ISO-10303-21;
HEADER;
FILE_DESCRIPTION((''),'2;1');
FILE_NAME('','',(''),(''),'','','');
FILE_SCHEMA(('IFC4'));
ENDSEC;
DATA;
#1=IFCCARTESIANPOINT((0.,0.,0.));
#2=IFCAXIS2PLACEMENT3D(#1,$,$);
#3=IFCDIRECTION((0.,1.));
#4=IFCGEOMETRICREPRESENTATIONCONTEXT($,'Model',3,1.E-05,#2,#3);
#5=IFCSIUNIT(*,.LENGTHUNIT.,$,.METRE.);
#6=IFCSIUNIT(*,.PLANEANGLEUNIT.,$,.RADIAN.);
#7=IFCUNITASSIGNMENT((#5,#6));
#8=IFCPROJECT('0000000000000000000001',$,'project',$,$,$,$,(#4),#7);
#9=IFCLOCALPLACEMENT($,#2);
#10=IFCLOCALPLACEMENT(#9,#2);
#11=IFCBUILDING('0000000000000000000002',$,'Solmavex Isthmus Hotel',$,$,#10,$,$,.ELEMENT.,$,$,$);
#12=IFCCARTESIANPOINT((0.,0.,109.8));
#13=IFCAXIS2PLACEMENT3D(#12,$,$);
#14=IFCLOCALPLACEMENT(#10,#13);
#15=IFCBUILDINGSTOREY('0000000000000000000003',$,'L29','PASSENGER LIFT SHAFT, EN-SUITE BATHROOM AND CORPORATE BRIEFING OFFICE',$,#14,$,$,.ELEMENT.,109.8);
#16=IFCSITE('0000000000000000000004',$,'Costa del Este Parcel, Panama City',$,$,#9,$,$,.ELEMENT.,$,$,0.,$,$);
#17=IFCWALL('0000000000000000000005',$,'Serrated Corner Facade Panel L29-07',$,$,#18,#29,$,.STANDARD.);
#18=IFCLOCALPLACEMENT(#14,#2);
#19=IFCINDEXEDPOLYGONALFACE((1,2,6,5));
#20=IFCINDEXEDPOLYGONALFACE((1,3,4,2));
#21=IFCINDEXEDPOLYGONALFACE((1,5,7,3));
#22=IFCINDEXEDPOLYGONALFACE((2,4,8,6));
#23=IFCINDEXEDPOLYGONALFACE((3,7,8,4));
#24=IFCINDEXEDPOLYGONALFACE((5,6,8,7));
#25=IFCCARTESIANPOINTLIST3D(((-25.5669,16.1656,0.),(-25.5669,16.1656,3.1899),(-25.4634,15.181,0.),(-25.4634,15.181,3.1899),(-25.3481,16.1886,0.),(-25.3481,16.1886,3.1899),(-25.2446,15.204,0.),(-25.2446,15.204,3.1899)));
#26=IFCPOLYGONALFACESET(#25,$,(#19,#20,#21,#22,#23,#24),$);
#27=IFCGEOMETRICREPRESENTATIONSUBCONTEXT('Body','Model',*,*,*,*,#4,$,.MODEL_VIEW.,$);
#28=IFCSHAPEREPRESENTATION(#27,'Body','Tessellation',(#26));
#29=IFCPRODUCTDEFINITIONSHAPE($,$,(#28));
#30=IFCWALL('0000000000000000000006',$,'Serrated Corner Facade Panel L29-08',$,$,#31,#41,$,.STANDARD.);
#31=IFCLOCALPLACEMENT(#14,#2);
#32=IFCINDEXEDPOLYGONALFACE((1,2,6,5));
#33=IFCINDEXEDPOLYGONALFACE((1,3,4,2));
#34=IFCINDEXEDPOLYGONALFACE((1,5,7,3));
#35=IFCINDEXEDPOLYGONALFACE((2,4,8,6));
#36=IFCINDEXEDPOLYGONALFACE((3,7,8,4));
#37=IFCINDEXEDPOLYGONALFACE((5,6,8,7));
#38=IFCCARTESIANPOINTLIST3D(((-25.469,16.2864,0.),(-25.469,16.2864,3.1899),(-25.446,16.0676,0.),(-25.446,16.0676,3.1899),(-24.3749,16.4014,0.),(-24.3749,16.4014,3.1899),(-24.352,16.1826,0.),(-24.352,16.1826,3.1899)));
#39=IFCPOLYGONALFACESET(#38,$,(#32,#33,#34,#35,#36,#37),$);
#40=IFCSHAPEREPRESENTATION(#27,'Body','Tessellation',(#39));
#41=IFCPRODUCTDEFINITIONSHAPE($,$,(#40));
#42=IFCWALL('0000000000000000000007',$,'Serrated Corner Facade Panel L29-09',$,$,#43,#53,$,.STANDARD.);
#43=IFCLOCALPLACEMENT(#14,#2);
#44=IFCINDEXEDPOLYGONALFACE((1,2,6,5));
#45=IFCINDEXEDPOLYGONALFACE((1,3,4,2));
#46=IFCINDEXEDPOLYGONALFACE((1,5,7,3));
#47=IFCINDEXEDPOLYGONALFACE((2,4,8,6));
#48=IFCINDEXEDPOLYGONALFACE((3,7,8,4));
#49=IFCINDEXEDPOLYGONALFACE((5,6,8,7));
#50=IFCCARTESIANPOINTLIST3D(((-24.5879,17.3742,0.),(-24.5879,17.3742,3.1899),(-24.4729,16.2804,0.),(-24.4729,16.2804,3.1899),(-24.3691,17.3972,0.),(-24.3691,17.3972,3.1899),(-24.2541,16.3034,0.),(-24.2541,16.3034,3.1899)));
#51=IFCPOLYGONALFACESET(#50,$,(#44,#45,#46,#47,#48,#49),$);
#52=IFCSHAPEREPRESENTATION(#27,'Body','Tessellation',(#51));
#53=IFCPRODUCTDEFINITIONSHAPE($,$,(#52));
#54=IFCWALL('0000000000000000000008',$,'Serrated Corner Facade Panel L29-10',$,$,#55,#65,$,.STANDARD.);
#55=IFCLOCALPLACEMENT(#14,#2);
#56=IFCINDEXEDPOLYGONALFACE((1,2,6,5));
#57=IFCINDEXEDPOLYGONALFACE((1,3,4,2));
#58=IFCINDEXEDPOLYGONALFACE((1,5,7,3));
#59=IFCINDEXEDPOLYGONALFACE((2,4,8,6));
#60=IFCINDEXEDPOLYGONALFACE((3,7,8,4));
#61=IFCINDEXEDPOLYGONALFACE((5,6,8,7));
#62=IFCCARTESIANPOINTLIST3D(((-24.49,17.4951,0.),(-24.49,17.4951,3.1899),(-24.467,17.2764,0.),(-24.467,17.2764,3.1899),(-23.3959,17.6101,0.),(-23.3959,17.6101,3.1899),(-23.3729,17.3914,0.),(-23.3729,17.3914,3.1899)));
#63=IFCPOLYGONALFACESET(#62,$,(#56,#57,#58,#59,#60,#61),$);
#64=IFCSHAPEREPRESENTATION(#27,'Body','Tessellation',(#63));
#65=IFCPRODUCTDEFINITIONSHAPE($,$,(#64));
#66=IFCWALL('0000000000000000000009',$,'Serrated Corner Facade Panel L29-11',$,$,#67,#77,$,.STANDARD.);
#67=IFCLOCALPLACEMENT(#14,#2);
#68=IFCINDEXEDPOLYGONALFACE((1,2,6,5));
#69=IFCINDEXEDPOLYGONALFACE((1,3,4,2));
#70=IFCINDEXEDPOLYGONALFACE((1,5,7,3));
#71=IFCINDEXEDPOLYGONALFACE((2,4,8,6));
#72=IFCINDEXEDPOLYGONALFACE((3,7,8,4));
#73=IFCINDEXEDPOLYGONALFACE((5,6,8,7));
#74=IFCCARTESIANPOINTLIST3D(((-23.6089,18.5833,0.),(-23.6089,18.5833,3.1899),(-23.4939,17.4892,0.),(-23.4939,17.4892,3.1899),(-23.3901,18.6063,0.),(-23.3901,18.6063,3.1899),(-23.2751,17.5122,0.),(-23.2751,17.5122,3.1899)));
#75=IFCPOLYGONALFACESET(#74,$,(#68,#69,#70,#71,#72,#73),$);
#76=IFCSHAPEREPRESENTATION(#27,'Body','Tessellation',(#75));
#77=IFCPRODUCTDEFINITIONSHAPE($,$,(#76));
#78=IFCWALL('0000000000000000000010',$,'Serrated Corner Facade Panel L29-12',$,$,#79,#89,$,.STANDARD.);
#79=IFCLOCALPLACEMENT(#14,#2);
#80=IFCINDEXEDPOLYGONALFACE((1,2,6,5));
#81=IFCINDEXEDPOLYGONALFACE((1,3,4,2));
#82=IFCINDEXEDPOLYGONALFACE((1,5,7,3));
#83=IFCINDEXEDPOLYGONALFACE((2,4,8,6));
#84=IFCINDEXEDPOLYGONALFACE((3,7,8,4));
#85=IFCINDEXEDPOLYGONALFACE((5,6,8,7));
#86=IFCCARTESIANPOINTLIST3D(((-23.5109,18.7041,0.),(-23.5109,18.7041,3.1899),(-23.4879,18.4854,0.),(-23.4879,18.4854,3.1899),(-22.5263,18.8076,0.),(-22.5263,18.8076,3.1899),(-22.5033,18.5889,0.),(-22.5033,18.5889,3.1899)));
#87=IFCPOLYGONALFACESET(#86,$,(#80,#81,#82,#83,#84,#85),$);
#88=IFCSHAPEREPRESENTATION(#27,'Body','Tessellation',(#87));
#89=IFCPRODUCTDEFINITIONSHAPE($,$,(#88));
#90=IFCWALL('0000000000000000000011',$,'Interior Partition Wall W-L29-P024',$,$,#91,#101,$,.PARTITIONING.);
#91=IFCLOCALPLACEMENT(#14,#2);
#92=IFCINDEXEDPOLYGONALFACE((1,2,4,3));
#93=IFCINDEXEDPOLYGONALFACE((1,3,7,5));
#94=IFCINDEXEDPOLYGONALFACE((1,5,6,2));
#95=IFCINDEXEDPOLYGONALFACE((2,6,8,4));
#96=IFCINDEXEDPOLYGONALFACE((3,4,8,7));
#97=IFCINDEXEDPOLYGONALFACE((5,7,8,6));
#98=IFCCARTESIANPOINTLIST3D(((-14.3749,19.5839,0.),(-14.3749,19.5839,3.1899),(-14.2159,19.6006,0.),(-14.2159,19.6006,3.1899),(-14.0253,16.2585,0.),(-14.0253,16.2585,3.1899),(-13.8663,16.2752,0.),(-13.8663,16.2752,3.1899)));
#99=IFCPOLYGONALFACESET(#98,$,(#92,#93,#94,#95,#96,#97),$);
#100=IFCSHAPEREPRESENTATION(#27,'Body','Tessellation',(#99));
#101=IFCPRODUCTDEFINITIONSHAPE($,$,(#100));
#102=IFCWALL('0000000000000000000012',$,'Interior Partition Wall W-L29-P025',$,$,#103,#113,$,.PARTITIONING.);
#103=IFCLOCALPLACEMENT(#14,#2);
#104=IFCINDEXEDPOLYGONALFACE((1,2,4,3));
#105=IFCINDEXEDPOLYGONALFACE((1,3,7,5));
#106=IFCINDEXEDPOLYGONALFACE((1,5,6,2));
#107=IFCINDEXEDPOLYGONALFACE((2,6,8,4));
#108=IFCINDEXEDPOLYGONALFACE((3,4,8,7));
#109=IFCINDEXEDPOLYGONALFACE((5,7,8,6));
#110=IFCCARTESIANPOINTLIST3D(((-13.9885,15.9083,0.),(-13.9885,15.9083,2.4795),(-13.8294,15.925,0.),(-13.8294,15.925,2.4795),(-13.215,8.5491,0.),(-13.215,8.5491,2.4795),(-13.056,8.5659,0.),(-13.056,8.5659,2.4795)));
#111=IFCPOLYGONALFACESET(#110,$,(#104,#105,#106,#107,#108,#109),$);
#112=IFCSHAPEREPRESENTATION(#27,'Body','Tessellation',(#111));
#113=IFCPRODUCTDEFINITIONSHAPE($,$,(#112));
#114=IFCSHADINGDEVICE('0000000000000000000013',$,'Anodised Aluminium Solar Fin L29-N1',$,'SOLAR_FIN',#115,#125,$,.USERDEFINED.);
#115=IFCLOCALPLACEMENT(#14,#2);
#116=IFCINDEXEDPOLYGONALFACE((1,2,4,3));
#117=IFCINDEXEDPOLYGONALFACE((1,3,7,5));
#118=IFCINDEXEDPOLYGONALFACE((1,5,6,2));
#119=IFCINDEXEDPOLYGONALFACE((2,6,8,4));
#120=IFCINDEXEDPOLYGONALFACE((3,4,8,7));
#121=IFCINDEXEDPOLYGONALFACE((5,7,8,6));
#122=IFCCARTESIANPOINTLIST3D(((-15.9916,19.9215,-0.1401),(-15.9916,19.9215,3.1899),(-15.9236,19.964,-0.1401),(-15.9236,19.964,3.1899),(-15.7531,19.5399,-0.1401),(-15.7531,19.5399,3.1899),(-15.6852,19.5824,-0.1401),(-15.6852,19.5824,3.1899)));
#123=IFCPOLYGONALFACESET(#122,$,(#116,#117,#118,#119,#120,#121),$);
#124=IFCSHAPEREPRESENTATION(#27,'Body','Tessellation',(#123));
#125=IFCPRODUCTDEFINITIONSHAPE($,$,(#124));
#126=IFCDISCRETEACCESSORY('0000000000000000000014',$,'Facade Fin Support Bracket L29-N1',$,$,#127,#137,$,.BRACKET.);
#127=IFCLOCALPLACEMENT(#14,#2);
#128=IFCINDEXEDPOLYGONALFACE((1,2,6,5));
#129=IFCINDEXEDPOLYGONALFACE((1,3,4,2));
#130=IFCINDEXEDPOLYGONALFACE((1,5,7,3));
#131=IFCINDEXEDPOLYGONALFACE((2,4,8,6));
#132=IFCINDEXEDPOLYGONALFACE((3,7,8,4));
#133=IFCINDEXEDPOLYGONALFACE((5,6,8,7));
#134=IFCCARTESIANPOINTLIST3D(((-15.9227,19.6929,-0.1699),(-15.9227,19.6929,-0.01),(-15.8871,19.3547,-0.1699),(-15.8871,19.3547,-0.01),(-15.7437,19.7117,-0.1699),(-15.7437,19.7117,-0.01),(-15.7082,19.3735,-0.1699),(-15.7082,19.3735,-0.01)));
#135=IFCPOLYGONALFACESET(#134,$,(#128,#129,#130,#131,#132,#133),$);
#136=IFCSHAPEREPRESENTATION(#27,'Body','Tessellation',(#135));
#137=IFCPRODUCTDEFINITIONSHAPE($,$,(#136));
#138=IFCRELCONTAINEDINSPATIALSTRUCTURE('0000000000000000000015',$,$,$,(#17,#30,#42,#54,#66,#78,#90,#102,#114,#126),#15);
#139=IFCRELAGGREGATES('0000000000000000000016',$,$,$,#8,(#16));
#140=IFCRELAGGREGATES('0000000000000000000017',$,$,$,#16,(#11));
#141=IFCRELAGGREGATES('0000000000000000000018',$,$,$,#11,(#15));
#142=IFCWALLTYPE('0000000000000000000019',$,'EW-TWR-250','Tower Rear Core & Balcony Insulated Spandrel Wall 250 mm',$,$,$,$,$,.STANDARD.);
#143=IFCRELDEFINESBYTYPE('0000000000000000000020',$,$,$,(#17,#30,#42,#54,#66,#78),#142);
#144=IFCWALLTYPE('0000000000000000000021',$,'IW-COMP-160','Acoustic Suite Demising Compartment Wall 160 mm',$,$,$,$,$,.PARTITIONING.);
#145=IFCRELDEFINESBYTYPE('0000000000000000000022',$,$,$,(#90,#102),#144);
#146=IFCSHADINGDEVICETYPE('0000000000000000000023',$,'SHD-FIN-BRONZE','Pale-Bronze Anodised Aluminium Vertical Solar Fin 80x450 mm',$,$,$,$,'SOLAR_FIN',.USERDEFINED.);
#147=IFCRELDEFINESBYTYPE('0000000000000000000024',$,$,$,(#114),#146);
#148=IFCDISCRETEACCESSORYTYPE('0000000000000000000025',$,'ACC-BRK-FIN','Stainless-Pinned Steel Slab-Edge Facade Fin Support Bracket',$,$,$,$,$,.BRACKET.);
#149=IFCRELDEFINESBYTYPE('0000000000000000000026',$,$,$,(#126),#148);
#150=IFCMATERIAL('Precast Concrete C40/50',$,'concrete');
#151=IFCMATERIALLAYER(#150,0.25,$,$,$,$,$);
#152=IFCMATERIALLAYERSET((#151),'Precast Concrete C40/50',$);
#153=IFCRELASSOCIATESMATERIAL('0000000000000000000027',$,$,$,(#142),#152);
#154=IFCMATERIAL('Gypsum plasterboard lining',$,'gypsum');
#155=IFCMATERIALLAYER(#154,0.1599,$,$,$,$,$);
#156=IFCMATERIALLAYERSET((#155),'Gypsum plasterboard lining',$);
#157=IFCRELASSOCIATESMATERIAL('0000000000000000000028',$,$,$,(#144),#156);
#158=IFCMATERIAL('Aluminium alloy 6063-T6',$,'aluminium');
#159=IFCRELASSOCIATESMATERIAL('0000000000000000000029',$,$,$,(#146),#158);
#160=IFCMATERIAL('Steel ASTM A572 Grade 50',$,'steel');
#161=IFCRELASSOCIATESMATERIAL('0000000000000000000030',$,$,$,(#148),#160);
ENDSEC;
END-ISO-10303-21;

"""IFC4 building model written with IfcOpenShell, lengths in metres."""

from ifc_helpers import new_model, si_unit, direction, frame, frame_2d, origin, origin_2d, place, context, subcontext, project, spatial, rectangle, extrude, material, layer, layer_set, type_object, element, save


model = new_model("IFC4")

# Units and contexts
model_context = context("Model", 3, precision=1e-05, world=origin(), true_north=direction((0.0, 1.0)))
body_context = subcontext(model_context, "Body", "Model", "MODEL_VIEW")
ifc_project = project(units=[si_unit("LENGTHUNIT", "METRE"), si_unit("PLANEANGLEUNIT", "RADIAN")], contexts=[model_context])

# Site, building, storey
site_placement = place(None, origin())
site = spatial("IfcSite", under=ifc_project, at=site_placement, Name="Costa del Este Parcel, Panama City", CompositionType="ELEMENT", RefElevation=0.0)
building_placement = place(site_placement, origin())
building = spatial("IfcBuilding", under=site, at=building_placement, Name="Solmavex Isthmus Hotel", CompositionType="ELEMENT")
storey_placement = place(building_placement, frame((0.0, 0.0, 109.8)))
storey = spatial("IfcBuildingStorey", under=building, at=storey_placement, Name="L29", Description="PASSENGER LIFT SHAFT, EN-SUITE BATHROOM AND CORPORATE BRIEFING OFFICE", CompositionType="ELEMENT", Elevation=109.8)

# Shared definitions
ifc_material_1 = material(Name="Aluminium alloy 6063-T6", Category="aluminium")

# Walls
ifc_material_2 = material(Name="Precast Concrete C40/50", Category="concrete")
ifc_layer_1 = layer(ifc_material_2, 0.25)
ifc_layer_set_1 = layer_set([ifc_layer_1], Name="Precast Concrete C40/50")
wall_type_1 = type_object("IfcWallType", Name="EW-TWR-250", Description="Tower Rear Core & Balcony Insulated Spandrel Wall 250 mm", PredefinedType="STANDARD", material=ifc_layer_set_1)
wall_1_placement = place(storey_placement, frame((-25.354, 15.1924, 0.0), z_axis=(0.0, 0.0, 1.0), x_axis=(-0.104556, 0.994519, 0.0)))
element("IfcWall", 1, at=wall_1_placement, inside=storey, type_object=wall_type_1, Name="Serrated Corner Facade Panel L29-07", PredefinedType="STANDARD", context=body_context, shape_type="SweptSolid", body=[
    extrude(rectangle(XDim=0.99, YDim=0.22, at=frame_2d((0.4951, 0.0))), origin(), (0.0, 0.0, 1.0), 3.1899),
])
wall_2_placement = place(storey_placement, frame((-25.4575, 16.177, 0.0), z_axis=(0.0, 0.0, 1.0), x_axis=(0.994521, 0.104535, 0.0)))
element("IfcWall", 2, at=wall_2_placement, inside=storey, type_object=wall_type_1, Name="Serrated Corner Facade Panel L29-08", PredefinedType="STANDARD", context=body_context, shape_type="SweptSolid", body=[
    extrude(rectangle(XDim=1.1001, YDim=0.22, at=frame_2d((0.55, 0.0))), origin(), (0.0, 0.0, 1.0), 3.1899),
])
wall_3_placement = place(storey_placement, frame((-24.3635, 16.292, 0.0), z_axis=(0.0, 0.0, 1.0), x_axis=(-0.104558, 0.994519, 0.0)))
element("IfcWall", 3, at=wall_3_placement, inside=storey, type_object=wall_type_1, Name="Serrated Corner Facade Panel L29-09", PredefinedType="STANDARD", context=body_context, shape_type="SweptSolid", body=[
    extrude(rectangle(XDim=1.0999, YDim=0.22, at=frame_2d((0.5498, 0.0))), origin(), (0.0, 0.0, 1.0), 3.1899),
])
for number, where, z_axis, x_axis, name in (
    (4, (-24.4785, 17.3857, 0.0), (0.0, 0.0, 1.0), (0.994521, 0.104535, 0.0), "Serrated Corner Facade Panel L29-10"),
    (5, (-23.3845, 17.5007, 0.0), (0.0, 0.0, 1.0), (-0.104535, 0.994521, 0.0), "Serrated Corner Facade Panel L29-11"),
):
    element("IfcWall", number, at=place(storey_placement, frame(where, z_axis=z_axis, x_axis=x_axis)), inside=storey, type_object=wall_type_1, Name=name, PredefinedType="STANDARD", context=body_context, shape_type="SweptSolid", body=[
        extrude(rectangle(XDim=1.1001, YDim=0.22, at=frame_2d((0.55, 0.0))), origin(), (0.0, 0.0, 1.0), 3.1899),
    ])
wall_4_placement = place(storey_placement, frame((-23.4995, 18.5947, 0.0), z_axis=(0.0, 0.0, 1.0), x_axis=(0.994519, 0.104556, 0.0)))
element("IfcWall", 6, at=wall_4_placement, inside=storey, type_object=wall_type_1, Name="Serrated Corner Facade Panel L29-12", PredefinedType="STANDARD", context=body_context, shape_type="SweptSolid", body=[
    extrude(rectangle(XDim=0.99, YDim=0.22, at=frame_2d((0.4951, 0.0))), origin(), (0.0, 0.0, 1.0), 3.1899),
])
ifc_material_3 = material(Name="Gypsum plasterboard lining", Category="gypsum")
ifc_layer_2 = layer(ifc_material_3, 0.1599)
ifc_layer_set_2 = layer_set([ifc_layer_2], Name="Gypsum plasterboard lining")
wall_type_2 = type_object("IfcWallType", Name="IW-COMP-160", Description="Acoustic Suite Demising Compartment Wall 160 mm", PredefinedType="PARTITIONING", material=ifc_layer_set_2)
wall_5_placement = place(storey_placement, frame((-14.2954, 19.5923, 0.0), z_axis=(0.0, 0.0, 1.0), x_axis=(0.104556, -0.994519, 0.0)))
element("IfcWall", 7, at=wall_5_placement, inside=storey, type_object=wall_type_2, Name="Interior Partition Wall W-L29-P024", PredefinedType="PARTITIONING", context=body_context, shape_type="SweptSolid", body=[
    extrude(rectangle(XDim=3.3438, YDim=0.1599, at=frame_2d((1.6719, 0.0))), origin(), (0.0, 0.0, 1.0), 3.1899),
])
wall_6_placement = place(storey_placement, frame((-13.9089, 15.9165, 0.0), z_axis=(0.0, 0.0, 1.0), x_axis=(0.104523, -0.994522, 0.0)))
element("IfcWall", 8, at=wall_6_placement, inside=storey, type_object=wall_type_2, Name="Interior Partition Wall W-L29-P025", PredefinedType="PARTITIONING", context=body_context, shape_type="SweptSolid", body=[
    extrude(rectangle(XDim=7.3997, YDim=0.1599, at=frame_2d((3.6997, 0.0))), origin(), (0.0, 0.0, 1.0), 2.4795),
])

# Shading device
shading_device_type = type_object("IfcShadingDeviceType", Name="SHD-FIN-BRONZE", Description="Pale-Bronze Anodised Aluminium Vertical Solar Fin 80x450 mm", ElementType="SOLAR_FIN", PredefinedType="USERDEFINED", material=ifc_material_1)
shading_device_placement = place(storey_placement, frame((-15.8384, 19.752, -0.1401), z_axis=(0.0, 0.0, 1.0), x_axis=(-0.529919, 0.848048, 0.0)))
element("IfcShadingDevice", 9, at=shading_device_placement, inside=storey, type_object=shading_device_type, Name="Anodised Aluminium Solar Fin L29-N1", ObjectType="SOLAR_FIN", PredefinedType="USERDEFINED", context=body_context, shape_type="SweptSolid", body=[
    extrude(rectangle(XDim=0.45, YDim=0.0801, at=origin_2d()), origin(), (0.0, 0.0, 1.0), 3.3301),
])

# Discrete accessory
ifc_material_4 = material(Name="Steel ASTM A572 Grade 50", Category="steel")
discrete_accessory_type = type_object("IfcDiscreteAccessoryType", Name="ACC-BRK-FIN", Description="Stainless-Pinned Steel Slab-Edge Facade Fin Support Bracket", PredefinedType="BRACKET", material=ifc_material_4)
discrete_accessory_placement = place(storey_placement, frame((-15.8154, 19.5332, -0.1699), z_axis=(0.0, 0.0, 1.0), x_axis=(-0.104528, 0.994522, 0.0)))
element("IfcDiscreteAccessory", 10, at=discrete_accessory_placement, inside=storey, type_object=discrete_accessory_type, Name="Facade Fin Support Bracket L29-N1", PredefinedType="BRACKET", context=body_context, shape_type="SweptSolid", body=[
    extrude(rectangle(XDim=0.3401, YDim=0.1799, at=origin_2d()), origin(), (0.0, 0.0, 1.0), 0.1599),
])

save(model, "model.ifc")
